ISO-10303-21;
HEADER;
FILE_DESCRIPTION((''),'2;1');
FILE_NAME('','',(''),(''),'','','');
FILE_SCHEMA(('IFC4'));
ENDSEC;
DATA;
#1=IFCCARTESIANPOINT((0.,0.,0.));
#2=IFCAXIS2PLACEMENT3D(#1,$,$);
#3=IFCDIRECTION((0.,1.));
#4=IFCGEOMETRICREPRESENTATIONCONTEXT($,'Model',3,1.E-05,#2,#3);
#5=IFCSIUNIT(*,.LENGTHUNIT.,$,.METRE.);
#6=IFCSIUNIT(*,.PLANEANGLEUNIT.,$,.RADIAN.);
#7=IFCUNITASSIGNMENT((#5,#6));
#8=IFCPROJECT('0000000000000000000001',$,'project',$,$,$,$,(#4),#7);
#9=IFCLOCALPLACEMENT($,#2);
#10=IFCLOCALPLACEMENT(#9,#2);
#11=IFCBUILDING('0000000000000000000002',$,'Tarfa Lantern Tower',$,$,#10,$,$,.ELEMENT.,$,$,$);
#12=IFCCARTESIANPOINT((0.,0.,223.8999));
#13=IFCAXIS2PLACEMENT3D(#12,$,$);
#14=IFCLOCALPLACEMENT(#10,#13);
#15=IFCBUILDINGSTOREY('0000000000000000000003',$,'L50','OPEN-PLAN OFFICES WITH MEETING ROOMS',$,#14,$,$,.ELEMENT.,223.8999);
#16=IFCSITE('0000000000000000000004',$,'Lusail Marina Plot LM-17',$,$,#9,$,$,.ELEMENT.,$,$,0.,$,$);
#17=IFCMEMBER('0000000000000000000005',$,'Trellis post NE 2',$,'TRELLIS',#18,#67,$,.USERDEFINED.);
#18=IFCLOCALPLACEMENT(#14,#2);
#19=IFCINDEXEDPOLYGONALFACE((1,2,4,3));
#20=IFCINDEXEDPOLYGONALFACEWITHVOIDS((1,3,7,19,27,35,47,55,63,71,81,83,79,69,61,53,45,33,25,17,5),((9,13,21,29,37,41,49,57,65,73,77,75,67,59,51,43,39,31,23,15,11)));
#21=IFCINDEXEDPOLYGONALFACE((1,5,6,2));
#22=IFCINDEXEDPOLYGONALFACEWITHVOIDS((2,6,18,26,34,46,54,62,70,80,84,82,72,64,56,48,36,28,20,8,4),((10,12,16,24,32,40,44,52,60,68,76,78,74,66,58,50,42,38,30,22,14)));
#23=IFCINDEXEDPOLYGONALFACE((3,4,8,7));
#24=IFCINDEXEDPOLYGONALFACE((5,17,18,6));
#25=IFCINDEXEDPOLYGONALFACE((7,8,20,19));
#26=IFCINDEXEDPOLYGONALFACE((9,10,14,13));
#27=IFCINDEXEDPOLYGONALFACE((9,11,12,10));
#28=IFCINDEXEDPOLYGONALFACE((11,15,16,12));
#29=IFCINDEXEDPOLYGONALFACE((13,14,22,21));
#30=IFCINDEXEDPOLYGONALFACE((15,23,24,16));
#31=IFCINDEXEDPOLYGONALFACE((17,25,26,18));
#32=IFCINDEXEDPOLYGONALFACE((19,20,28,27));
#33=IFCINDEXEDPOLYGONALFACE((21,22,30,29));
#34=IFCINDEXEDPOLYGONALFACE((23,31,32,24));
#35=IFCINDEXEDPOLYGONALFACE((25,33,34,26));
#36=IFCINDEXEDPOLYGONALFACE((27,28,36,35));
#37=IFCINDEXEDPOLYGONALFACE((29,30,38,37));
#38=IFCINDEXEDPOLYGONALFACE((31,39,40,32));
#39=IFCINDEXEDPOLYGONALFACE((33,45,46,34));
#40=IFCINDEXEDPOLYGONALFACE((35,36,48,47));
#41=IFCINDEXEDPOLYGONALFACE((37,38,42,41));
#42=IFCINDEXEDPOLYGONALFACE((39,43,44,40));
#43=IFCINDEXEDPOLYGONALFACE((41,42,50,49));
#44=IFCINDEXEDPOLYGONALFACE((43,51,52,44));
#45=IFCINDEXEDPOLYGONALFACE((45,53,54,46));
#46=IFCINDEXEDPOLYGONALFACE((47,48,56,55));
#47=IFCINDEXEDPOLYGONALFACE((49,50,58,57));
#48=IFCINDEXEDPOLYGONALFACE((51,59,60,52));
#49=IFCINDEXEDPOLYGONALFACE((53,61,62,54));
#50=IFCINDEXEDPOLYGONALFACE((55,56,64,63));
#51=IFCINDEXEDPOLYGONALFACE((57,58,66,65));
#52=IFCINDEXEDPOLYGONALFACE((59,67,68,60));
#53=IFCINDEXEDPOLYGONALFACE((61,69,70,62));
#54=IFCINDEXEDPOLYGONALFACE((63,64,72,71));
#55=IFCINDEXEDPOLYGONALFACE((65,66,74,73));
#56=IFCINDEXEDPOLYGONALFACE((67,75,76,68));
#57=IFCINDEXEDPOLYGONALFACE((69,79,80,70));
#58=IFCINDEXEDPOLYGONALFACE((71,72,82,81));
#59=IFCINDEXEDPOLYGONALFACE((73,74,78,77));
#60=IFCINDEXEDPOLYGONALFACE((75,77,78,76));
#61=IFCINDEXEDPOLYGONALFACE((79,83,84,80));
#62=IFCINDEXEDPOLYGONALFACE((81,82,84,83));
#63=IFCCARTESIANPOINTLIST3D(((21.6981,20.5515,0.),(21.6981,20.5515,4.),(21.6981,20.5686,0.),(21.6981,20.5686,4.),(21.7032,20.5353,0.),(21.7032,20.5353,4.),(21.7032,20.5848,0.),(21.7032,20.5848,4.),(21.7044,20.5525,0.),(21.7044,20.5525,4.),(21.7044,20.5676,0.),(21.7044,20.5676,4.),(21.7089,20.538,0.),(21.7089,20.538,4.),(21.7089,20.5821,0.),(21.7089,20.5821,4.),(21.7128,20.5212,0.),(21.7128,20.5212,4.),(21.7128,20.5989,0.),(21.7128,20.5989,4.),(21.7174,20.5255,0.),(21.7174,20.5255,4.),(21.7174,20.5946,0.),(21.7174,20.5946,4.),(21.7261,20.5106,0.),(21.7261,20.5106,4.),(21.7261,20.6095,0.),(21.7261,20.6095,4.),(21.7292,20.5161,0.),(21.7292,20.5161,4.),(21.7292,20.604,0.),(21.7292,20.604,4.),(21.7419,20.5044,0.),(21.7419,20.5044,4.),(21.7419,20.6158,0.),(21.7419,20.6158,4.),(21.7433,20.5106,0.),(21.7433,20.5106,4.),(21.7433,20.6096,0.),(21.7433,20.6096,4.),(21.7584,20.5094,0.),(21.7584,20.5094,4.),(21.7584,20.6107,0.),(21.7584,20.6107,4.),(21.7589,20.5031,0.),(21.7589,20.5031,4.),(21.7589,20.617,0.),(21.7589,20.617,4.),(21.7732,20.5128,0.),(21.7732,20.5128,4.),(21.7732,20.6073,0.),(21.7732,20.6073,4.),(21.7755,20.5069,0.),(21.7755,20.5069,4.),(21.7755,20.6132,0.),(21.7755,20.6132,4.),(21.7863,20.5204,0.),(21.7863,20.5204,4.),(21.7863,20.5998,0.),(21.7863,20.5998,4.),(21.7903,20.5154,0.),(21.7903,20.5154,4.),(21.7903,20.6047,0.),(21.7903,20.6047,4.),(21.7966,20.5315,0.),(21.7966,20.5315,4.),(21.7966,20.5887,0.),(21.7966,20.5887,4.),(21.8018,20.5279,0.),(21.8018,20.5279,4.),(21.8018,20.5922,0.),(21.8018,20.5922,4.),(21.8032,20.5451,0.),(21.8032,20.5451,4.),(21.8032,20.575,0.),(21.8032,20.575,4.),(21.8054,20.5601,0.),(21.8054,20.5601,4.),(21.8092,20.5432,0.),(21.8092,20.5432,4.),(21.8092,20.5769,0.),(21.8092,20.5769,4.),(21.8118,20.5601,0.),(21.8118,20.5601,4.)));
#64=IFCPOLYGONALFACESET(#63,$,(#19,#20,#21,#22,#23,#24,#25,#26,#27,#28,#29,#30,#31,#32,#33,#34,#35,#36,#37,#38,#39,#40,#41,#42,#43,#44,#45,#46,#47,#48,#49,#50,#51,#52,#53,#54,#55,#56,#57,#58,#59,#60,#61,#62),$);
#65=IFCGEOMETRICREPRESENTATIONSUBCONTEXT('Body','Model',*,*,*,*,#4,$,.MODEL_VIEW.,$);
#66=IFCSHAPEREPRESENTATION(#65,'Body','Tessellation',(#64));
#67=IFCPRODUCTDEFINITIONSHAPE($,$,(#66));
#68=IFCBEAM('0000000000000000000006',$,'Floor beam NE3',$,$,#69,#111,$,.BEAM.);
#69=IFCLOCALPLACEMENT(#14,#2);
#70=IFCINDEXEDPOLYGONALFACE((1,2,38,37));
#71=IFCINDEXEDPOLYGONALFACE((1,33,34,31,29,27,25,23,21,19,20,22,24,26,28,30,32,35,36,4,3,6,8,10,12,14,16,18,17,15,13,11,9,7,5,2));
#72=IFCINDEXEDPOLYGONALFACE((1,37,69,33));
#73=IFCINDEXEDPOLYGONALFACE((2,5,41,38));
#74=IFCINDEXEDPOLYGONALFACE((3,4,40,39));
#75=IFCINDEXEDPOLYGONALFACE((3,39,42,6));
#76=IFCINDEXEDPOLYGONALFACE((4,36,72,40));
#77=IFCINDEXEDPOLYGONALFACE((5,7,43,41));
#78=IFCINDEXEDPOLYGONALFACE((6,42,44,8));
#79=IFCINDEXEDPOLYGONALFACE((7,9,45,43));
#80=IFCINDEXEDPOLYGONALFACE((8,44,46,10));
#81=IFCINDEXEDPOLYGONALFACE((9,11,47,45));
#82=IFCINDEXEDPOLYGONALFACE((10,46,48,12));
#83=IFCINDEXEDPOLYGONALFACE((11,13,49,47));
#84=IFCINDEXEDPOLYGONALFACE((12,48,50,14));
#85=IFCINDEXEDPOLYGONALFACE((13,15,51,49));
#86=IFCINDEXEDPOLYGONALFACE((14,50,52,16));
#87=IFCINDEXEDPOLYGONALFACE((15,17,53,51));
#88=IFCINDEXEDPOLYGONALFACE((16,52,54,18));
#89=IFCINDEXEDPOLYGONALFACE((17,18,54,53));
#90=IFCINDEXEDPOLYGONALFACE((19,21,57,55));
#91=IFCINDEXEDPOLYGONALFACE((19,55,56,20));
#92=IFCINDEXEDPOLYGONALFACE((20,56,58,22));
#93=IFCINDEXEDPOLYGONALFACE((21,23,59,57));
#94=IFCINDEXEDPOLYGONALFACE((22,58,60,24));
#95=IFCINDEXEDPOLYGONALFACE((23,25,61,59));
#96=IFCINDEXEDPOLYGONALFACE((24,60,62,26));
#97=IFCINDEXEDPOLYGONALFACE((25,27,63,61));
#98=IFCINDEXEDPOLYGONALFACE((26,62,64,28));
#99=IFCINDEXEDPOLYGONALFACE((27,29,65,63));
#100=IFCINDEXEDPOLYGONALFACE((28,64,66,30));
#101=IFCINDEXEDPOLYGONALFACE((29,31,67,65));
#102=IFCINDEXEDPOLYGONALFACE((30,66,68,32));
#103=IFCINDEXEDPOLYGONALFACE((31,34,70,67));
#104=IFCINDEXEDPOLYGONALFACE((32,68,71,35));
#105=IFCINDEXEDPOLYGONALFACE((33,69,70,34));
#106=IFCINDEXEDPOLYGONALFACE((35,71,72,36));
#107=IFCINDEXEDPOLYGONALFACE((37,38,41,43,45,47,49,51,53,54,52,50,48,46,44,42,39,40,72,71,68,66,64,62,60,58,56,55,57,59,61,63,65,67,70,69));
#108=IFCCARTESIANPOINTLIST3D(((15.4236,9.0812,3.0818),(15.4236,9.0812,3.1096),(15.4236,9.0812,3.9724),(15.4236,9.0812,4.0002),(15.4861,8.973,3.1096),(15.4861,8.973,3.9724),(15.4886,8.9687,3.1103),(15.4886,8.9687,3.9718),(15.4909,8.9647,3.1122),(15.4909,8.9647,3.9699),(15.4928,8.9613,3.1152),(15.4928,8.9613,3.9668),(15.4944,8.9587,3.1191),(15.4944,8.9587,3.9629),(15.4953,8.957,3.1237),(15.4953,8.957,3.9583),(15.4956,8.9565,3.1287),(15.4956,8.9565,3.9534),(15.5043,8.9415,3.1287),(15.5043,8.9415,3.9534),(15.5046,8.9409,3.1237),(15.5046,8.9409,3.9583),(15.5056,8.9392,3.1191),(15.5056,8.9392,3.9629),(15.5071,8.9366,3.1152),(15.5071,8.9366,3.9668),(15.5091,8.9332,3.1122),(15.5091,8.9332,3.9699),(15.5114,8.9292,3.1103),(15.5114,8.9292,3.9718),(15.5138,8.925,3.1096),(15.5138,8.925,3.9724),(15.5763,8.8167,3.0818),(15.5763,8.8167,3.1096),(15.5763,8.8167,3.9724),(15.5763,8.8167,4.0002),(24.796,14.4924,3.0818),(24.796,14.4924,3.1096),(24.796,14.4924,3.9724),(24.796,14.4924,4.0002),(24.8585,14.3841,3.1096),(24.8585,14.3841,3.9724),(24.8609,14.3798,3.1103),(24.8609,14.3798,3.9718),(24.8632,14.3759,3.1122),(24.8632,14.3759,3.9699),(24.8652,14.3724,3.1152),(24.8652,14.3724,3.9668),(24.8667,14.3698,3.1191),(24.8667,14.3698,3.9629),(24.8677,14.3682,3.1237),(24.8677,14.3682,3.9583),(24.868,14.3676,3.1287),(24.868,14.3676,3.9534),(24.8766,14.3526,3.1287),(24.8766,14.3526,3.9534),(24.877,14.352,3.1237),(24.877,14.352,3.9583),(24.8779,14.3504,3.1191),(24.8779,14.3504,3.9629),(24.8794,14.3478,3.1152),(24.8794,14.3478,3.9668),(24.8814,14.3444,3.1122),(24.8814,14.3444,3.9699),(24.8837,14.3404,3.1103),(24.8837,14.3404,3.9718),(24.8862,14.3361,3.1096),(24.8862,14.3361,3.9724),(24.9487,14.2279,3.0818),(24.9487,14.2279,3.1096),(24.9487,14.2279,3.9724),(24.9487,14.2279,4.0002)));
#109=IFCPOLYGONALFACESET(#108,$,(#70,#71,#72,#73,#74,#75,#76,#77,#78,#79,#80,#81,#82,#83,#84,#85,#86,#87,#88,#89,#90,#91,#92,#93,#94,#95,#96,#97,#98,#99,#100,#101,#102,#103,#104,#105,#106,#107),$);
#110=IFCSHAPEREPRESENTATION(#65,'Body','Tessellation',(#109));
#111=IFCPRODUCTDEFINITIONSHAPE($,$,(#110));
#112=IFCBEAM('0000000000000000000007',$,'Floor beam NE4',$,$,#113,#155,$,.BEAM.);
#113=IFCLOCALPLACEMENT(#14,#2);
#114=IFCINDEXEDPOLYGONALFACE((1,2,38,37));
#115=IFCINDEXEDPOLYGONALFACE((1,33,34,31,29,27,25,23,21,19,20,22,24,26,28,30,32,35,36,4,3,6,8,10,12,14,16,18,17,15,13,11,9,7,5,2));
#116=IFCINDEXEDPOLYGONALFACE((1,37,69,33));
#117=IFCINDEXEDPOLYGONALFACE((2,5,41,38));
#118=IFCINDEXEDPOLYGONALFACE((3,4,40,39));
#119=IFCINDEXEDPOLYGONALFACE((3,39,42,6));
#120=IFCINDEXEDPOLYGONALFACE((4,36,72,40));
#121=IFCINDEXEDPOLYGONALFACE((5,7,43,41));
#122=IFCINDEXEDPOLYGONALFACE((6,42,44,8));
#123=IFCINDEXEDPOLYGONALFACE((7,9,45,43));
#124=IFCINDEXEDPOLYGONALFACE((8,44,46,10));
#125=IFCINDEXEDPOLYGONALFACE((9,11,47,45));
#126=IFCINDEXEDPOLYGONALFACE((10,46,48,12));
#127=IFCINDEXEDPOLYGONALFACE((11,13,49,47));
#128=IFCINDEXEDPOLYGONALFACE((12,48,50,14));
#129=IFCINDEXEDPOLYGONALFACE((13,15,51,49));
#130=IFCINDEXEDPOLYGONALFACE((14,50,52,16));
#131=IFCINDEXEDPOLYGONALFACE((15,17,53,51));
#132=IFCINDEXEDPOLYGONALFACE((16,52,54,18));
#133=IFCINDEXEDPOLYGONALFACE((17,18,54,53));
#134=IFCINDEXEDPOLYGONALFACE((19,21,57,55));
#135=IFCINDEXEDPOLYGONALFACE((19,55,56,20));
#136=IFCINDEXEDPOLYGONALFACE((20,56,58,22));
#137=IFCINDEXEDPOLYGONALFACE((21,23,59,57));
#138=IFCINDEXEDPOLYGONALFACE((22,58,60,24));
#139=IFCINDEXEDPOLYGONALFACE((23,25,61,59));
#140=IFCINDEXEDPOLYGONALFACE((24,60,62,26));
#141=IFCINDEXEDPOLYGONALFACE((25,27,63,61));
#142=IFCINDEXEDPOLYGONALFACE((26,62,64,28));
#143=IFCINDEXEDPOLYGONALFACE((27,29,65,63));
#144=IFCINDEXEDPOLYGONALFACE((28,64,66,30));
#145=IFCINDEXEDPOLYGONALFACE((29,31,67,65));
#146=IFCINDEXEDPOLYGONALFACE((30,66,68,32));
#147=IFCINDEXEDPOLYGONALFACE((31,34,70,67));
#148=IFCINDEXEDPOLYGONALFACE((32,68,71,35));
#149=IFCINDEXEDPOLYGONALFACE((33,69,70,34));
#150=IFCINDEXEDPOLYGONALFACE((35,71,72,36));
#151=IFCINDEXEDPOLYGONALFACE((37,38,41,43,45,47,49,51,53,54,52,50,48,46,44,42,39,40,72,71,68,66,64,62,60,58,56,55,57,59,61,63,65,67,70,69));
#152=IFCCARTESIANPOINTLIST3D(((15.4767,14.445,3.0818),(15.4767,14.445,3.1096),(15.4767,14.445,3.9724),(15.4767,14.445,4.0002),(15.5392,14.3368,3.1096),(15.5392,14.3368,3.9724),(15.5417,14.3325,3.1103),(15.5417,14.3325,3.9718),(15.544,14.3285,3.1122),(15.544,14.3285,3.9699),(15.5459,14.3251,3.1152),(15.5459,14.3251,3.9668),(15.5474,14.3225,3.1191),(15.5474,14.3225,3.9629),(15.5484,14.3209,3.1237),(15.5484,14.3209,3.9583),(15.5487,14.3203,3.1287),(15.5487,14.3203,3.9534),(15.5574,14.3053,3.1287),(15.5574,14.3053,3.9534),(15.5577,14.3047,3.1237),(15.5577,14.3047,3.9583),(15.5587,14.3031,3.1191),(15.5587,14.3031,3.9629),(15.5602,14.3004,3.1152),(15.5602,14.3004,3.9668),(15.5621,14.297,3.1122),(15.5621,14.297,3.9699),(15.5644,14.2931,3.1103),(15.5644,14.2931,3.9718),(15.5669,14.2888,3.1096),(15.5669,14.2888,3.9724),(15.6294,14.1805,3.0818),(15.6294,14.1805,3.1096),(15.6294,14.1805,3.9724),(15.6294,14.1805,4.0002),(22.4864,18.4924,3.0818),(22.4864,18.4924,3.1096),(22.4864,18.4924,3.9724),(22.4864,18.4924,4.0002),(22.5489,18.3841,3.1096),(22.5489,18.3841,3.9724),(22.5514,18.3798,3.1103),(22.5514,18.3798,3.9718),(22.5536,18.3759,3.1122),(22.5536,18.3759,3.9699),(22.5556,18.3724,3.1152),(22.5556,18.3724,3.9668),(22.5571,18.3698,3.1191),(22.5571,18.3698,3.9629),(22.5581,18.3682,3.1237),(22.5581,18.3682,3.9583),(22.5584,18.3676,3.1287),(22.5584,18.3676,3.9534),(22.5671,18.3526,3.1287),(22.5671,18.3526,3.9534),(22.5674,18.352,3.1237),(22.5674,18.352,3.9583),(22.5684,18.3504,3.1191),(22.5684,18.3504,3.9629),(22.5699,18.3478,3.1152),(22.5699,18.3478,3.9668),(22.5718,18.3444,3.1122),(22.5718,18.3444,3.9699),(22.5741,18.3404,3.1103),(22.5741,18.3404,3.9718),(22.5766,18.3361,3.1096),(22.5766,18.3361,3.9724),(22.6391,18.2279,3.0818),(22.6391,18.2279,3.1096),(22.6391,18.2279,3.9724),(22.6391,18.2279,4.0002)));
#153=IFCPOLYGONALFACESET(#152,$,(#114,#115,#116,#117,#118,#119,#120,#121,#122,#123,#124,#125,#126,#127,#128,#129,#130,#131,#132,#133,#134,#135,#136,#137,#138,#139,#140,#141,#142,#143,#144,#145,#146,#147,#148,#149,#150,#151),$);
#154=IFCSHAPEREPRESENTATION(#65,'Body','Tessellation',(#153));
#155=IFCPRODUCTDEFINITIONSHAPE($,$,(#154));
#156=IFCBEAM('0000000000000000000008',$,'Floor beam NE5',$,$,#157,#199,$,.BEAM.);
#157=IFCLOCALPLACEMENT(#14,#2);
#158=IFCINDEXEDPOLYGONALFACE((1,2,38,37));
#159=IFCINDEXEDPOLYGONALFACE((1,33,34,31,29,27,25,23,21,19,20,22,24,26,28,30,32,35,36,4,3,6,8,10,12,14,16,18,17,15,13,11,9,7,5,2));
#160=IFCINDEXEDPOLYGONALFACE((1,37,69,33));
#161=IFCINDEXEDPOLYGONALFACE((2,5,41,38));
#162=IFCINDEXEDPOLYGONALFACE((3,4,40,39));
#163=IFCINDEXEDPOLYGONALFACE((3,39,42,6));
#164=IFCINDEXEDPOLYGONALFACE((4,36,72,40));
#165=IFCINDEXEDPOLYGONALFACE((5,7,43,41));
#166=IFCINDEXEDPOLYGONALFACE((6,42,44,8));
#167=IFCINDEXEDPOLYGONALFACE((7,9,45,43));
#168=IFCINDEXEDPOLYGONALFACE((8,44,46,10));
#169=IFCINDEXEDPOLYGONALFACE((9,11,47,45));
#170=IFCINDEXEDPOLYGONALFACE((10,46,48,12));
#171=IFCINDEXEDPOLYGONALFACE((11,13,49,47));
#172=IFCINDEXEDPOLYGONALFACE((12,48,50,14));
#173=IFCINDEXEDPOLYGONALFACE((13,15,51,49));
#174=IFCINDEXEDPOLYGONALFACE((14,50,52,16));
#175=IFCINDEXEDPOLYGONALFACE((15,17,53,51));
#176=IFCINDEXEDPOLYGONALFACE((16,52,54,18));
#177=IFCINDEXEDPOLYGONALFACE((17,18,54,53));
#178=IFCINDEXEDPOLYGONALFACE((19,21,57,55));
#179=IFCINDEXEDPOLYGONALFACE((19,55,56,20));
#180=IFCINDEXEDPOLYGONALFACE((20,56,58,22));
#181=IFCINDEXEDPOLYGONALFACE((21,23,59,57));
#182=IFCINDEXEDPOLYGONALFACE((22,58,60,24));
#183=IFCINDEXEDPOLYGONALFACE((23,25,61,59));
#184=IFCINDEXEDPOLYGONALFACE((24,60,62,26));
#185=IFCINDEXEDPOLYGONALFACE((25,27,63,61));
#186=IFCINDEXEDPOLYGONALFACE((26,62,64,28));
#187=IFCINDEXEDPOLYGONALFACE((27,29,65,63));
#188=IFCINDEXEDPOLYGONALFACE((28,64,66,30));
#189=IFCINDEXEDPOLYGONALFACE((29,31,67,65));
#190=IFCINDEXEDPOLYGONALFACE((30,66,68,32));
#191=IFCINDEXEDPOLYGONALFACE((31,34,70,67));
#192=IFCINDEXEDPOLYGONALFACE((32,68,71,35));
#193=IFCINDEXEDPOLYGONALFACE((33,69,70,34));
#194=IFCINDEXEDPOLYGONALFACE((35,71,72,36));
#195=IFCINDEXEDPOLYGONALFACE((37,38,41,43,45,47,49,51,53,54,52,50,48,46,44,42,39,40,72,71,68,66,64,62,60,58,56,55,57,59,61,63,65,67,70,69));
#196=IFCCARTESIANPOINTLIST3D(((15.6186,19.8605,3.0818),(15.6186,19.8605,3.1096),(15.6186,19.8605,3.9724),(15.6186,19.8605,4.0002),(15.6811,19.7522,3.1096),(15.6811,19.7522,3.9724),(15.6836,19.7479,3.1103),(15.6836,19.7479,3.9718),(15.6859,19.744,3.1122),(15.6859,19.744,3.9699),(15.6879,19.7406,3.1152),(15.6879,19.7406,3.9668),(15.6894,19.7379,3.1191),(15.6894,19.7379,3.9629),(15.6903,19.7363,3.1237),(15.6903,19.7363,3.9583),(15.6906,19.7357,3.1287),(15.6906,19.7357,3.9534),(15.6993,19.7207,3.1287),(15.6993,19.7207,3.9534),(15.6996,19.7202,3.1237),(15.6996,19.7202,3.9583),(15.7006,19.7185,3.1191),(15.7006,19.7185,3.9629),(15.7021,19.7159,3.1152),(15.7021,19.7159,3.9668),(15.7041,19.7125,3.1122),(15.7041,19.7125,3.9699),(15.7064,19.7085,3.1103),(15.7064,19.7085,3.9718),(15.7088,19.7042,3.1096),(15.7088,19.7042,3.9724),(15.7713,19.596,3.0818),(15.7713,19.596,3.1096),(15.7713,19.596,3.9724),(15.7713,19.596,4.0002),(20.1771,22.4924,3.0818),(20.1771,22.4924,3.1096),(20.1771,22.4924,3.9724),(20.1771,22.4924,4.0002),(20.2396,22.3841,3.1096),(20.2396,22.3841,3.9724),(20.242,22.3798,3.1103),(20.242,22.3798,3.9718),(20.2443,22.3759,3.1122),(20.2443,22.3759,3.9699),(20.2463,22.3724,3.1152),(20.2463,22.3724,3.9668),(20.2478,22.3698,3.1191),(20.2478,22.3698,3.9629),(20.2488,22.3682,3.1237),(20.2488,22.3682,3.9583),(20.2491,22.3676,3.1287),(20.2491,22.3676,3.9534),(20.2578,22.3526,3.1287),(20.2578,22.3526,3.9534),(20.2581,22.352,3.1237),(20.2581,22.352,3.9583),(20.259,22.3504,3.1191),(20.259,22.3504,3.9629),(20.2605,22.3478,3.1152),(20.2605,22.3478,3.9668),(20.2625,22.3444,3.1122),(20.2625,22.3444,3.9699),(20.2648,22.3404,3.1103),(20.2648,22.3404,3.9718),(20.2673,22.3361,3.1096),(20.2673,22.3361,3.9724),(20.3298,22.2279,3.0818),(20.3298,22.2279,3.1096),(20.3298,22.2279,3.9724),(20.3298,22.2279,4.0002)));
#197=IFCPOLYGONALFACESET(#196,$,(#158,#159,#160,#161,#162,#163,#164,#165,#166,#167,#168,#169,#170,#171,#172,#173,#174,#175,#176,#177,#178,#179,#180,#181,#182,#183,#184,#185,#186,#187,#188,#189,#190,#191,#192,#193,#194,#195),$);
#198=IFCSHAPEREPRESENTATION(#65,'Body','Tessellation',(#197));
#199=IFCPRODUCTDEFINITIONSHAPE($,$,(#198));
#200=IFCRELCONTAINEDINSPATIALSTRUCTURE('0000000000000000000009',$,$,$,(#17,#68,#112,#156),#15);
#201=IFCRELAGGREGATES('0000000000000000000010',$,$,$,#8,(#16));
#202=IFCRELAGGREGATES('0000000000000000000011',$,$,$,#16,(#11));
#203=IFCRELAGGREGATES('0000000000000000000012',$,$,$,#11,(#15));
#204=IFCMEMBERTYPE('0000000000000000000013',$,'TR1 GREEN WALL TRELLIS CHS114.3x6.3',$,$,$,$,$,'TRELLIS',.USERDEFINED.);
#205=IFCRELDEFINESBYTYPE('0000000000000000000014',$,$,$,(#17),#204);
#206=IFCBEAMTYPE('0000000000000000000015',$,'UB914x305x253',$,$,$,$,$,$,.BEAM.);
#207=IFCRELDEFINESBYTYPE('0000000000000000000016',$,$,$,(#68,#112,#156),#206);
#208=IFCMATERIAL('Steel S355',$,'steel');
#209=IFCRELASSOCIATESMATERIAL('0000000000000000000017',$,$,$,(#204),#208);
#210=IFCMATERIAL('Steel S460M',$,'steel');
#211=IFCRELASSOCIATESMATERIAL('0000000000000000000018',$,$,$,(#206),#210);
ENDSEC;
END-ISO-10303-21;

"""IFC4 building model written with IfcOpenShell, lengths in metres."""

from ifc_helpers import new_model, si_unit, direction, frame, origin, origin_2d, place, context, subcontext, project, spatial, hollow_circle, i_section, extrude, material, material_profile, profile_set, type_object, element, save


model = new_model("IFC4")

# Units and contexts
model_context = context("Model", 3, precision=1e-05, world=origin(), true_north=direction((0.0, 1.0)))
body_context = subcontext(model_context, "Body", "Model", "MODEL_VIEW")
ifc_project = project(units=[si_unit("LENGTHUNIT", "METRE"), si_unit("PLANEANGLEUNIT", "RADIAN")], contexts=[model_context])

# Site, building, storey
site_placement = place(None, origin())
site = spatial("IfcSite", under=ifc_project, at=site_placement, Name="Lusail Marina Plot LM-17", CompositionType="ELEMENT", RefElevation=0.0)
building_placement = place(site_placement, origin())
building = spatial("IfcBuilding", under=site, at=building_placement, Name="Tarfa Lantern Tower", CompositionType="ELEMENT")
storey_placement = place(building_placement, frame((0.0, 0.0, 223.8999)))
storey = spatial("IfcBuildingStorey", under=building, at=storey_placement, Name="L50", Description="OPEN-PLAN OFFICES WITH MEETING ROOMS", CompositionType="ELEMENT", Elevation=223.8999)

# Member
ifc_material_1 = material(Name="Steel S355", Category="steel")
ifc_material_profile_1 = material_profile(ifc_material_1, hollow_circle(Radius=0.0571, WallThickness=0.0063, at=origin_2d()), Name="CHS114.3x6.3")
ifc_profile_set_1 = profile_set([ifc_material_profile_1], Name="Steel S355")
member_type_1 = type_object("IfcMemberType", Name="TR1 GREEN WALL TRELLIS CHS114.3x6.3", ElementType="TRELLIS", PredefinedType="USERDEFINED", material=ifc_profile_set_1)
member_1_placement = place(storey_placement, frame((21.7546, 20.5601, 0.0), z_axis=(0.0, 0.0, 1.0), x_axis=(1.0, 0.0, 0.0)))
element("IfcMember", 1, at=member_1_placement, inside=storey, type_object=member_type_1, Name="Trellis post NE 2", ObjectType="TRELLIS", PredefinedType="USERDEFINED", context=body_context, shape_type="SweptSolid", body=[
    extrude(hollow_circle(Radius=0.0571, WallThickness=0.0063, at=origin_2d()), origin(), (0.0, 0.0, 1.0), 4.0),
])

# Beams
ifc_material_2 = material(Name="Steel S460M", Category="steel")
ifc_material_profile_2 = material_profile(ifc_material_2, i_section(OverallWidth=0.3054, OverallDepth=0.9185, WebThickness=0.0173, FlangeThickness=0.0278, FilletRadius=0.019, at=origin_2d()), Name="UB914x305x253")
ifc_profile_set_2 = profile_set([ifc_material_profile_2], Name="Steel S460M")
beam_type_1 = type_object("IfcBeamType", Name="UB914x305x253", PredefinedType="BEAM", material=ifc_profile_set_2)
beam_1_placement = place(storey_placement, frame((24.8723, 14.3601, 3.541), z_axis=(-0.866024, -0.500002, 0.0), x_axis=(0.500002, -0.866024, 0.0)))
element("IfcBeam", 2, at=beam_1_placement, inside=storey, type_object=beam_type_1, Name="Floor beam NE3", PredefinedType="BEAM", context=body_context, shape_type="SweptSolid", body=[
    extrude(i_section(OverallWidth=0.3054, OverallDepth=0.9185, WebThickness=0.0173, FlangeThickness=0.0278, FilletRadius=0.019, at=origin_2d()), origin(), (0.0, 0.0, 1.0), 10.8223),
])
beam_2_placement = place(storey_placement, frame((22.5627, 18.3601, 3.541), z_axis=(-0.866011, -0.500025, 0.0), x_axis=(0.500025, -0.866011, 0.0)))
element("IfcBeam", 3, at=beam_2_placement, inside=storey, type_object=beam_type_1, Name="Floor beam NE4", PredefinedType="BEAM", context=body_context, shape_type="SweptSolid", body=[
    extrude(i_section(OverallWidth=0.3054, OverallDepth=0.9185, WebThickness=0.0173, FlangeThickness=0.0278, FilletRadius=0.019, at=origin_2d()), origin(), (0.0, 0.0, 1.0), 8.0942),
])
beam_3_placement = place(storey_placement, frame((20.2534, 22.3601, 3.541), z_axis=(-0.86602, -0.50001, 0.0), x_axis=(0.50001, -0.86602, 0.0)))
element("IfcBeam", 4, at=beam_3_placement, inside=storey, type_object=beam_type_1, Name="Floor beam NE5", PredefinedType="BEAM", context=body_context, shape_type="SweptSolid", body=[
    extrude(i_section(OverallWidth=0.3054, OverallDepth=0.9185, WebThickness=0.0173, FlangeThickness=0.0278, FilletRadius=0.019, at=origin_2d()), origin(), (0.0, 0.0, 1.0), 5.2637),
])

save(model, "model.ifc")
